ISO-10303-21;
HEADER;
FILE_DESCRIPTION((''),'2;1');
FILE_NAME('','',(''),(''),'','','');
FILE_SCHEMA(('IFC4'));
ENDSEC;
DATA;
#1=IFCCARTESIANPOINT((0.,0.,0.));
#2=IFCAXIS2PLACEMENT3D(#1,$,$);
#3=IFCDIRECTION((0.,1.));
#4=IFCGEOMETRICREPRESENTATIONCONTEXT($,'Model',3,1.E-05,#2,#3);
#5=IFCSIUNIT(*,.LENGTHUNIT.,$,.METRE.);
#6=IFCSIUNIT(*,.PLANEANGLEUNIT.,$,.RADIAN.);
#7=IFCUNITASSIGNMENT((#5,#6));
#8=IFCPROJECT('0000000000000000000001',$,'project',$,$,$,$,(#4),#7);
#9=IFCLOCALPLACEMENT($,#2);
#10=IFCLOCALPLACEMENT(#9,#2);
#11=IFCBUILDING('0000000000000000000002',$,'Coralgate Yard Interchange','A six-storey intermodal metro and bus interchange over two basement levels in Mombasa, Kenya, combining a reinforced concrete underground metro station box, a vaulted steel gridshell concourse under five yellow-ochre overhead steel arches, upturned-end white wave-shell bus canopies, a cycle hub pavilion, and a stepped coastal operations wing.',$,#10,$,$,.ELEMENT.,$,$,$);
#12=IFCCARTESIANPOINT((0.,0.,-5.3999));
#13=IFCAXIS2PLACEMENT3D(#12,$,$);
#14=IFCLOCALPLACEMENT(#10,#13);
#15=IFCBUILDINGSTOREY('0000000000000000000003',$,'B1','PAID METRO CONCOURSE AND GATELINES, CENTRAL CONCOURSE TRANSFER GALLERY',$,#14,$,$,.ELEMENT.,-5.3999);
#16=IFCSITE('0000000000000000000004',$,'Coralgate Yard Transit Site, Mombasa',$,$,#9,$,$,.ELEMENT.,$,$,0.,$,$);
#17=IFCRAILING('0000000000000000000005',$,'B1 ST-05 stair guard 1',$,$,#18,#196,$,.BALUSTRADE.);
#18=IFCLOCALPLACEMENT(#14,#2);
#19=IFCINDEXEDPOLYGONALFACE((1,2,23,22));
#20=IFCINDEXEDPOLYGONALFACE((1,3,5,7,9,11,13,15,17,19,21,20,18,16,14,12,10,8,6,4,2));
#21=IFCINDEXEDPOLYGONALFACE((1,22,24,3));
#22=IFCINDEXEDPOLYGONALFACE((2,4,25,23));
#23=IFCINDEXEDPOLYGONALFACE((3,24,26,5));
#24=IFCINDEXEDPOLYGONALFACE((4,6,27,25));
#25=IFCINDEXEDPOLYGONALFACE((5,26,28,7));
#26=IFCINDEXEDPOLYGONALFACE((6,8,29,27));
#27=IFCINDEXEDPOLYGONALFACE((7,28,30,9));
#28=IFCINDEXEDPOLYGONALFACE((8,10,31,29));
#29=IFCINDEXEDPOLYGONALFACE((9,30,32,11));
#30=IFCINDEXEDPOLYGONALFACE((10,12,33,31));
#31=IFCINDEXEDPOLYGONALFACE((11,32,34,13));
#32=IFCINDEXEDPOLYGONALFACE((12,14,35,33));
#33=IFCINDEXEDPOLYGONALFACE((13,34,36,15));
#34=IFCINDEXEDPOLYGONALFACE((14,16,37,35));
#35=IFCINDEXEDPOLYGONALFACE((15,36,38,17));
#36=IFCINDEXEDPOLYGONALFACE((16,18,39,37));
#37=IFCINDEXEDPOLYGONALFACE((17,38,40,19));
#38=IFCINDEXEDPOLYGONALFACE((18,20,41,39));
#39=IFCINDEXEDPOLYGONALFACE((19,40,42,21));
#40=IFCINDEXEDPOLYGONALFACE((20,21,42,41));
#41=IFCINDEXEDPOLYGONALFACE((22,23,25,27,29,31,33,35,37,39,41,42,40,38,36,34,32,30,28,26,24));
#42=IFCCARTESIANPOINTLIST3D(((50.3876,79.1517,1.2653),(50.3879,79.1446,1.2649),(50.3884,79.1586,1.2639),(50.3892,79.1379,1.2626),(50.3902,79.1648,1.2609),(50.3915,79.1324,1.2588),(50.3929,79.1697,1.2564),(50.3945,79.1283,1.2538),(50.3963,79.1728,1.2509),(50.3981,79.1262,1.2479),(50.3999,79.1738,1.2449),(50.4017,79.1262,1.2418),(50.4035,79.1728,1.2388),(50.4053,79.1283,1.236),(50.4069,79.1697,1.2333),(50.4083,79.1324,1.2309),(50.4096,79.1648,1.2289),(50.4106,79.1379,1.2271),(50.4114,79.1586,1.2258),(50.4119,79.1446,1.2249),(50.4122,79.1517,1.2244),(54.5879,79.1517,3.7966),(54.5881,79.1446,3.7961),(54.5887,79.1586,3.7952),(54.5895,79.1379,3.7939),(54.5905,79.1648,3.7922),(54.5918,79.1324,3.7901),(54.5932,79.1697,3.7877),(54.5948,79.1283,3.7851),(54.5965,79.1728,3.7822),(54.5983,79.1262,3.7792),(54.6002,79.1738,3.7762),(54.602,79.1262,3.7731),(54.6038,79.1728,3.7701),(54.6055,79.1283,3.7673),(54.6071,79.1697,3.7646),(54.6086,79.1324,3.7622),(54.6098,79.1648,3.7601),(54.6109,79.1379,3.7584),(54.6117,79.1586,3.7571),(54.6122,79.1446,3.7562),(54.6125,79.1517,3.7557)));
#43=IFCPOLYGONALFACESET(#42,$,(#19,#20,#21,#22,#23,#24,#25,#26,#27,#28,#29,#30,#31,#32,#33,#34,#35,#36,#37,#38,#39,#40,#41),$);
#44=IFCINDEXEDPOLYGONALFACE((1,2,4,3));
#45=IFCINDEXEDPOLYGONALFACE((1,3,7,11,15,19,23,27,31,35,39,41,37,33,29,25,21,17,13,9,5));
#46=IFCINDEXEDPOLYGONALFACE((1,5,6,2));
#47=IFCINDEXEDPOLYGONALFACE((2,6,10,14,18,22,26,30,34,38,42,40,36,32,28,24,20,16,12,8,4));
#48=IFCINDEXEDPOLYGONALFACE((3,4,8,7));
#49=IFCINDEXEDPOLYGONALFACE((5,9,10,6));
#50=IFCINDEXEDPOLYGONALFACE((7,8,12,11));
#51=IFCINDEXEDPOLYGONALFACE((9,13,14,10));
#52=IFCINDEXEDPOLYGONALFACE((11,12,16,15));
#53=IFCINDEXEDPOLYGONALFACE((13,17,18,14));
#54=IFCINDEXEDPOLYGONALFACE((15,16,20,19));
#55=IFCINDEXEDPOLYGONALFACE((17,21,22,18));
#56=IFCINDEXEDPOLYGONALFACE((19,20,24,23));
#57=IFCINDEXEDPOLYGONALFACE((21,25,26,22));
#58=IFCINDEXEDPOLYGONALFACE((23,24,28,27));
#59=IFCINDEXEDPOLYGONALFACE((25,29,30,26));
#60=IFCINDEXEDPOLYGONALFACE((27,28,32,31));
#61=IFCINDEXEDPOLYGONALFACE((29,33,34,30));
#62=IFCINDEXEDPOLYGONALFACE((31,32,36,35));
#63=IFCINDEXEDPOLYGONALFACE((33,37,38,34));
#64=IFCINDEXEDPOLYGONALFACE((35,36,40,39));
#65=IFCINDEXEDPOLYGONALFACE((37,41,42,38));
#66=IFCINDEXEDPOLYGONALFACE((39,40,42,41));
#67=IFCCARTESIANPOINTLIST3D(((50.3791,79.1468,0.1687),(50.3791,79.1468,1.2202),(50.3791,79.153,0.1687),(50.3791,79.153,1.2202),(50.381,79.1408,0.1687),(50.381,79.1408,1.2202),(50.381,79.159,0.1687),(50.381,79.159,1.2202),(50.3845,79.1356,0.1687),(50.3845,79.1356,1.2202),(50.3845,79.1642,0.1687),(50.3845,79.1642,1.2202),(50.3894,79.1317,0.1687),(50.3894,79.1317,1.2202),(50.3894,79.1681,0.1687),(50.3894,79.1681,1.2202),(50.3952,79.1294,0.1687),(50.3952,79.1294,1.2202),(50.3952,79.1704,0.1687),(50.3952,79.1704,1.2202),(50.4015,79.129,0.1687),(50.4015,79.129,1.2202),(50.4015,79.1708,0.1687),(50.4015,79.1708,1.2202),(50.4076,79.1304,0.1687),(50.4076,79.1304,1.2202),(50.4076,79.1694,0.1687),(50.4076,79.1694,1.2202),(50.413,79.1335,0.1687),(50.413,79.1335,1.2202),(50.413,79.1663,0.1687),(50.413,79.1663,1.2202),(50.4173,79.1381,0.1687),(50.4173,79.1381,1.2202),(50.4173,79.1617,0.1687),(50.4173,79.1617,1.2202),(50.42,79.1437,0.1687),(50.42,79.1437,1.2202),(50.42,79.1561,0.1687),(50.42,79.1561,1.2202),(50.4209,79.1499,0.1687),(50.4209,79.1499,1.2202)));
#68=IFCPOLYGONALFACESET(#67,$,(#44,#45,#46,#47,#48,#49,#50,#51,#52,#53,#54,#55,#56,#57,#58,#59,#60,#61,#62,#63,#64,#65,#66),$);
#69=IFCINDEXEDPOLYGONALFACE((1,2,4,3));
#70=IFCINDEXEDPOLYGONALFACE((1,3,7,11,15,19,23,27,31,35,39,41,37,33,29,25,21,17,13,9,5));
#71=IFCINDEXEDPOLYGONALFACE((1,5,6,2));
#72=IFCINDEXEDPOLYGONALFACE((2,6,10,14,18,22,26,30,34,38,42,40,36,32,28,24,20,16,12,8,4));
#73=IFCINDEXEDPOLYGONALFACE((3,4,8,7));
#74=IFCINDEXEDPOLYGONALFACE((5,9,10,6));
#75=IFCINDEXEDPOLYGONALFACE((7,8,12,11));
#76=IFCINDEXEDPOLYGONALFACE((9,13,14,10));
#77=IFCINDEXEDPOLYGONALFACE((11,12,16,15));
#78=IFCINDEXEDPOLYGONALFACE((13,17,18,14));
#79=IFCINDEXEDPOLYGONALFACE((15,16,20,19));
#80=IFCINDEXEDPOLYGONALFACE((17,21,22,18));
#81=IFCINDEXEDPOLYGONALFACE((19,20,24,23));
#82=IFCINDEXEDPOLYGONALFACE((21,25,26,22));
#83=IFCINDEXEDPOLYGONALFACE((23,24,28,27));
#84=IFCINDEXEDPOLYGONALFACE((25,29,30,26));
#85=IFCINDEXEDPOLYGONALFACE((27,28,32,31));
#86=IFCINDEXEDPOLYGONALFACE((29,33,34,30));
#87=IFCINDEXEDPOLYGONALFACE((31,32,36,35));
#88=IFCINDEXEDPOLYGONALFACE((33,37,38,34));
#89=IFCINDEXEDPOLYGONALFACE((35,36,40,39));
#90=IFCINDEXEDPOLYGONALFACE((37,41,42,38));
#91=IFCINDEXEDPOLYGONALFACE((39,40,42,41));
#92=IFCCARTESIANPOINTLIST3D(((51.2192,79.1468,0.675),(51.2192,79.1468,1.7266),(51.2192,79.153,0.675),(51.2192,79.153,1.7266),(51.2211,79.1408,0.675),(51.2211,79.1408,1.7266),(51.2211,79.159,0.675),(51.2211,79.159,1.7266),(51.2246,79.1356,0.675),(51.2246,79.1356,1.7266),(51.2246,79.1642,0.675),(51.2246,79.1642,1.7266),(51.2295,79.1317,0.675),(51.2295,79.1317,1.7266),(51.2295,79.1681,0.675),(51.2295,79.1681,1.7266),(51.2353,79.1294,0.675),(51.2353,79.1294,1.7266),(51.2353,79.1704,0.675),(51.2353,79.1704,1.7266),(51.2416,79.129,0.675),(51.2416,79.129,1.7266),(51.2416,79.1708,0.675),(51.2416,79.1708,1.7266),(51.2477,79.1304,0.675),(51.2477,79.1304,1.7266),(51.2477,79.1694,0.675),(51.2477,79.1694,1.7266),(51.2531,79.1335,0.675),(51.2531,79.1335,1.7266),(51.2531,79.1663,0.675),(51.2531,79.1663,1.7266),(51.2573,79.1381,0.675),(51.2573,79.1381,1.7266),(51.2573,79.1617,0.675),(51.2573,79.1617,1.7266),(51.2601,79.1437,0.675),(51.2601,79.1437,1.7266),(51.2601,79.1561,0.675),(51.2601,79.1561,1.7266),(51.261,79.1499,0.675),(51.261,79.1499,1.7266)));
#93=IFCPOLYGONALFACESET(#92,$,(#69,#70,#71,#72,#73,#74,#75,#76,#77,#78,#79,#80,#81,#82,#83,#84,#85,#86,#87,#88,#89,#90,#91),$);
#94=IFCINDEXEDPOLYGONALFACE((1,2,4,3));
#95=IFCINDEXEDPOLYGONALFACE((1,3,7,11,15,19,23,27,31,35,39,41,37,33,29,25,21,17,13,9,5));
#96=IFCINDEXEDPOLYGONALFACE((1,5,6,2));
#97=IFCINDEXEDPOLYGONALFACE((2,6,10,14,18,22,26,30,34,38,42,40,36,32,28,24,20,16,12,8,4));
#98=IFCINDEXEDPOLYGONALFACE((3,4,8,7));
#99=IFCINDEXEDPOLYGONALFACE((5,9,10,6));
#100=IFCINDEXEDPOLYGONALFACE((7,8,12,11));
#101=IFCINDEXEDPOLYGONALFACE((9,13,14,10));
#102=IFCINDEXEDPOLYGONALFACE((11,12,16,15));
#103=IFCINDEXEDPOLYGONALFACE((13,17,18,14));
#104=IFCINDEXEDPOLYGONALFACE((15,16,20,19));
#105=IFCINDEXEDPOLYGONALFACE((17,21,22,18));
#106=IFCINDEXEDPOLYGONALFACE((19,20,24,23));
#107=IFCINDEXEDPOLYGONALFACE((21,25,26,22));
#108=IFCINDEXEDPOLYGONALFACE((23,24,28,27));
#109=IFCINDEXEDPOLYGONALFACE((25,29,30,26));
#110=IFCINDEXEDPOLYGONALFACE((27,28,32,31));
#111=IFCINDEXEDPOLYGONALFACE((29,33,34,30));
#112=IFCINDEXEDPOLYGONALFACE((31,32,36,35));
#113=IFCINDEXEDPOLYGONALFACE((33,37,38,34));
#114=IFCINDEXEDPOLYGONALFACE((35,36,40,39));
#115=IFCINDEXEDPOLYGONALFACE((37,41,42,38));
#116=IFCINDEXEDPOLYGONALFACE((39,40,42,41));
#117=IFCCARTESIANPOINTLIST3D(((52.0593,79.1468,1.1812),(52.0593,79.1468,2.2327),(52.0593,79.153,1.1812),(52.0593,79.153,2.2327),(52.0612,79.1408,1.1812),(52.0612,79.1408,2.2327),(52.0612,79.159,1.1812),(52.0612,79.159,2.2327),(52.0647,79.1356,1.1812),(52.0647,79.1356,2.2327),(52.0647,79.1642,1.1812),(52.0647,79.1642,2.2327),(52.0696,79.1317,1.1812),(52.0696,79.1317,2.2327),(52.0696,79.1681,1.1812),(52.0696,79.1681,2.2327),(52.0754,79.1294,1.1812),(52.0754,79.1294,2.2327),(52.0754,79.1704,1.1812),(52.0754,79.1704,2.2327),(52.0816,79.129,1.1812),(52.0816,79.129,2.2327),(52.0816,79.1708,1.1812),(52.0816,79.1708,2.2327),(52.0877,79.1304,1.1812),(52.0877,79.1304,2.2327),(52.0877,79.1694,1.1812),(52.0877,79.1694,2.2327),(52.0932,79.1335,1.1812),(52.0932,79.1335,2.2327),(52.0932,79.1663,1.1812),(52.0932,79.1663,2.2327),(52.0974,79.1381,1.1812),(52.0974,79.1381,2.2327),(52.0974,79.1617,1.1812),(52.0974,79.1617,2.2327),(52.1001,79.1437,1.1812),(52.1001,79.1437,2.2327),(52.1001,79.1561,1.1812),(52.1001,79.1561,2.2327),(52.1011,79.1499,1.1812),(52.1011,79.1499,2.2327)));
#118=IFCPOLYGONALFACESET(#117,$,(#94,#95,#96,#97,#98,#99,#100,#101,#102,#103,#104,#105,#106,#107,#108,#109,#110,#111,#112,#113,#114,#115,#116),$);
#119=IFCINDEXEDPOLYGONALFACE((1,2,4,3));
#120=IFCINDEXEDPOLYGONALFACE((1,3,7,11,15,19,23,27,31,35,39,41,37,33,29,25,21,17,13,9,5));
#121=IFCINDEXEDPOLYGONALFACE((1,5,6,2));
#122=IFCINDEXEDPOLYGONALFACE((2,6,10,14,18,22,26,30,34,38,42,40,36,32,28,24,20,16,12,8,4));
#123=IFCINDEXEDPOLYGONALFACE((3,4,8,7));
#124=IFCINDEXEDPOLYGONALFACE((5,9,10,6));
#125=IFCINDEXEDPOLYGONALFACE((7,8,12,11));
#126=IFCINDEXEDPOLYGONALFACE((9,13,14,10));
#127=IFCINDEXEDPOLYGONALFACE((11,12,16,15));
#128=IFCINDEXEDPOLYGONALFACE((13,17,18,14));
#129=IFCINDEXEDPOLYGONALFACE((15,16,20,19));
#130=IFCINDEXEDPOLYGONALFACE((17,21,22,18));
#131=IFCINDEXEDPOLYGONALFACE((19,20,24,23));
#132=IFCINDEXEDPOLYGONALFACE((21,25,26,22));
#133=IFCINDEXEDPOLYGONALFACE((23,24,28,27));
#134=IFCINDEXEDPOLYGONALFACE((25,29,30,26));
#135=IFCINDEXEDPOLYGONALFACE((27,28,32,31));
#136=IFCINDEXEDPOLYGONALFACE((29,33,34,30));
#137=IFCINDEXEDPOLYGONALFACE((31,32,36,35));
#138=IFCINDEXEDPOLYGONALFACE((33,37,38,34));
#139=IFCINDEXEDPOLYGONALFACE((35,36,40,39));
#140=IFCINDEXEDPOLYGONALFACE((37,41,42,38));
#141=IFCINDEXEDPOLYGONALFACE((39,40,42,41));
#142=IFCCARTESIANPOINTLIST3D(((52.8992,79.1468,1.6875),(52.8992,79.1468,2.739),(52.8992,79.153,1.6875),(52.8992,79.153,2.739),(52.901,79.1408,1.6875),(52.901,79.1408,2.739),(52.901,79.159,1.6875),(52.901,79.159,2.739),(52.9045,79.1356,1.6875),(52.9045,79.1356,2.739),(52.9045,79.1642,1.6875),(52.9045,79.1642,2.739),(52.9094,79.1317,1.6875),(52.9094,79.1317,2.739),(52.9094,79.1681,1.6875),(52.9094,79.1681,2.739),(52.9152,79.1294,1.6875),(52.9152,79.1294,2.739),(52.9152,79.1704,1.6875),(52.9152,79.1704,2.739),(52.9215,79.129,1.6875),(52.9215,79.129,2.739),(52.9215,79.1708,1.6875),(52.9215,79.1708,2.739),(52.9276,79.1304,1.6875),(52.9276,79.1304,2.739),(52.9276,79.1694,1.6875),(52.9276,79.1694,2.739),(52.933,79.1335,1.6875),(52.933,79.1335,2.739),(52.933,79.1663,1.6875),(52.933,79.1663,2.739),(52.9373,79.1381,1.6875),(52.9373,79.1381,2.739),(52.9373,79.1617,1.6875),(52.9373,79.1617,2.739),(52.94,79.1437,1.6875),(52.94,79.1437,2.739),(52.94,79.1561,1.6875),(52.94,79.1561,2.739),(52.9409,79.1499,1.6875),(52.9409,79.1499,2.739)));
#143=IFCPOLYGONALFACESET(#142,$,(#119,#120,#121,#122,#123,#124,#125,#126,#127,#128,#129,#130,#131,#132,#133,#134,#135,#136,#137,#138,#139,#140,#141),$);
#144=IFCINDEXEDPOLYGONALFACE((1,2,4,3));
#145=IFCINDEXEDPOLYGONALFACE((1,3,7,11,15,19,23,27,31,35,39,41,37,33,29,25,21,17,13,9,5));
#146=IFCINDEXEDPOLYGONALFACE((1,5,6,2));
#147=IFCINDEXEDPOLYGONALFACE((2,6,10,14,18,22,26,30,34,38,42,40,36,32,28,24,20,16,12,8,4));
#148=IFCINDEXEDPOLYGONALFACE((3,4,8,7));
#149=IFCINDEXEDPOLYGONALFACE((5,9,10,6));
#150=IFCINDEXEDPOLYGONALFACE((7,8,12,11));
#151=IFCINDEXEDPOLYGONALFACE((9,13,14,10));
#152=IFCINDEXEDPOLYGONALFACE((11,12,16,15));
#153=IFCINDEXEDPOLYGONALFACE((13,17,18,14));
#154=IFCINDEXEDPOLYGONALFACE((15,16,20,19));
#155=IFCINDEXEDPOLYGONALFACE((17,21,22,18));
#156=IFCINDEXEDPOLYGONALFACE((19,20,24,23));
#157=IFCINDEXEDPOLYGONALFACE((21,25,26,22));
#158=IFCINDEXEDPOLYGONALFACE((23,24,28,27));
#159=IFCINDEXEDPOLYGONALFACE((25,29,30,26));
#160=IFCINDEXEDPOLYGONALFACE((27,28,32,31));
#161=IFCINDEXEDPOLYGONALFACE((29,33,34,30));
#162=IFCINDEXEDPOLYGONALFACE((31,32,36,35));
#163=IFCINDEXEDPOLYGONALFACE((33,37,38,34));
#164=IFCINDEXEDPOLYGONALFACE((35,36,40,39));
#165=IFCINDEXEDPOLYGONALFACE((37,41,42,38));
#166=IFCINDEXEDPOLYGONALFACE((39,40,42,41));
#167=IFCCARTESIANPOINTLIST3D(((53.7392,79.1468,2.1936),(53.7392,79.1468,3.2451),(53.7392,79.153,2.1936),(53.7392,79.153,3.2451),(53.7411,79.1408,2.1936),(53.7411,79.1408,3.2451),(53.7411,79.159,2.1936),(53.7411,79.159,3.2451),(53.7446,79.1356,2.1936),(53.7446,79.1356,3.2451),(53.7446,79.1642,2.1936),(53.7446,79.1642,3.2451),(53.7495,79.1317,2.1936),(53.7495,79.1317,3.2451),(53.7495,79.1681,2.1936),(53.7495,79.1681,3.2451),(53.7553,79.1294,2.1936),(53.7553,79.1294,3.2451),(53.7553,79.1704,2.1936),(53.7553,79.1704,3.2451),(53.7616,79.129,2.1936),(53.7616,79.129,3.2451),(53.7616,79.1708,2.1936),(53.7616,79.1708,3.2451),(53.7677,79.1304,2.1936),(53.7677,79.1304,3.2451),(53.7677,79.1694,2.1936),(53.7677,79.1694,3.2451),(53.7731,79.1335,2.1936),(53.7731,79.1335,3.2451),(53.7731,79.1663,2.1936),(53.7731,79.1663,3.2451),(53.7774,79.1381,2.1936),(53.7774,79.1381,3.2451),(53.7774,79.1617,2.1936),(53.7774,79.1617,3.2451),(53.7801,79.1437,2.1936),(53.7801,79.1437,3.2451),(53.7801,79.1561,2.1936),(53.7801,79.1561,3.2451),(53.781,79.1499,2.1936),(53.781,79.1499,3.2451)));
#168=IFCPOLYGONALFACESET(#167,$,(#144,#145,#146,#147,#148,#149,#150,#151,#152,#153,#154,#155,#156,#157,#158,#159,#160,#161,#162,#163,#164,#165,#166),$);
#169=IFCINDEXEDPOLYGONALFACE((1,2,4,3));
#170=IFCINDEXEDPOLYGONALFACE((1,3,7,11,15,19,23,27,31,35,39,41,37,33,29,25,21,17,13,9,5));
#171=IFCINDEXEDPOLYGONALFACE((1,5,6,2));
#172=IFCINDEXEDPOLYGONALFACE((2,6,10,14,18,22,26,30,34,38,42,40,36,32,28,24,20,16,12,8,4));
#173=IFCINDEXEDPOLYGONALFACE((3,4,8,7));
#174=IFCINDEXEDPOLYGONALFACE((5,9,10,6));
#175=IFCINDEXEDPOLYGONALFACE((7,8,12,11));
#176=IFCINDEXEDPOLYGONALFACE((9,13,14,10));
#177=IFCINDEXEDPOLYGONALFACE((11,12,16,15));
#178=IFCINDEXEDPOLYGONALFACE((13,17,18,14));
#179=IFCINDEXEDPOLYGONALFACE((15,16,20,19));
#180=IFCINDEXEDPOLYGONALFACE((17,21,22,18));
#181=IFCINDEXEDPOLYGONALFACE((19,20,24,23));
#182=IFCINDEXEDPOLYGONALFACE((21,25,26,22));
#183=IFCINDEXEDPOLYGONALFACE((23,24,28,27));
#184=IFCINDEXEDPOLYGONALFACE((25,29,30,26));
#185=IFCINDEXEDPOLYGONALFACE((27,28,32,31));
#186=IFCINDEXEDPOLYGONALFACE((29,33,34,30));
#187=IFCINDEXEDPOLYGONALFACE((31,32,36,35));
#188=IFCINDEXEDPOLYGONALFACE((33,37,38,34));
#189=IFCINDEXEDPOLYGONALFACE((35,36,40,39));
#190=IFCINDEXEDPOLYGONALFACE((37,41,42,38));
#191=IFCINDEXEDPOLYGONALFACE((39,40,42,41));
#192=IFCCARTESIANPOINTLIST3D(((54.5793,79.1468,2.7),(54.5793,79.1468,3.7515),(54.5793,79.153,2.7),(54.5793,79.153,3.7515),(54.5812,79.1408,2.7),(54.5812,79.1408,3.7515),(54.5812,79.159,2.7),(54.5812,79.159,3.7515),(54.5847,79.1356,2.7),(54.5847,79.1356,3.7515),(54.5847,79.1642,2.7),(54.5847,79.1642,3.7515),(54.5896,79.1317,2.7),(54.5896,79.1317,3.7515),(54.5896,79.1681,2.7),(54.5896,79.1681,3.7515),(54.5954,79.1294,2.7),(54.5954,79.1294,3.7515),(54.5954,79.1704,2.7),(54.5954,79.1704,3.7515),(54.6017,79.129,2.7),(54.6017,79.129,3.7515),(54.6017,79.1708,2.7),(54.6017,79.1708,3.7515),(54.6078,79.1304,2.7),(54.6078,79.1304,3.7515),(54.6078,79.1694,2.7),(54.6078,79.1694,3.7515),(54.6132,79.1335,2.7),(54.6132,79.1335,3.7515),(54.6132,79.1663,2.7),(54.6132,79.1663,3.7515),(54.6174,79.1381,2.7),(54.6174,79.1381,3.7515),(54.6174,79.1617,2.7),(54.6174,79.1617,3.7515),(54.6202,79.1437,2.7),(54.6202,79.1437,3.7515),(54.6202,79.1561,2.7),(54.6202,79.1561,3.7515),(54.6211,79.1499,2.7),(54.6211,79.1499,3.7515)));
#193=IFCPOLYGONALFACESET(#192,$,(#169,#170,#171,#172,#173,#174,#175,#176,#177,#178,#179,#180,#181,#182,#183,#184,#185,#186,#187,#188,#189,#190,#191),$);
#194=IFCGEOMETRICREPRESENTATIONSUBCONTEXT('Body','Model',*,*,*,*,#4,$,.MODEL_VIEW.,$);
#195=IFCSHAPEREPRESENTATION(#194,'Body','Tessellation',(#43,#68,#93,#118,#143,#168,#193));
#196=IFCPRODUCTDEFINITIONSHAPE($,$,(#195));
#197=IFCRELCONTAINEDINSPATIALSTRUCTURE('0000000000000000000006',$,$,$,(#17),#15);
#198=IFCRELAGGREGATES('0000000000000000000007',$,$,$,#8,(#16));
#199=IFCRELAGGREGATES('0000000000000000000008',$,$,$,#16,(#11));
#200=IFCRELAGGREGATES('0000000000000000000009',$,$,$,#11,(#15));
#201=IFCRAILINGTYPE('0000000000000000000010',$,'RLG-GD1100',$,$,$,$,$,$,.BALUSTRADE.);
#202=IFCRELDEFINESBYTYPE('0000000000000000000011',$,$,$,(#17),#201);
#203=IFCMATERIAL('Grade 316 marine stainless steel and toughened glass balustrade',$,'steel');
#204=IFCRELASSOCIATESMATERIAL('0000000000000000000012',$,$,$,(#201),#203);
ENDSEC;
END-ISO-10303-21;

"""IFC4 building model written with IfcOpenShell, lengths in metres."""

from ifc_helpers import new_model, si_unit, direction, frame, origin, origin_2d, place, context, subcontext, project, spatial, circle, extrude, material, type_object, element, save


model = new_model("IFC4")

# Units and contexts
model_context = context("Model", 3, precision=1e-05, world=origin(), true_north=direction((0.0, 1.0)))
body_context = subcontext(model_context, "Body", "Model", "MODEL_VIEW")
ifc_project = project(units=[si_unit("LENGTHUNIT", "METRE"), si_unit("PLANEANGLEUNIT", "RADIAN")], contexts=[model_context])

# Site, building, storey
site_placement = place(None, origin())
site = spatial("IfcSite", under=ifc_project, at=site_placement, Name="Coralgate Yard Transit Site, Mombasa", CompositionType="ELEMENT", RefElevation=0.0)
building_placement = place(site_placement, origin())
building = spatial("IfcBuilding", under=site, at=building_placement, Name="Coralgate Yard Interchange", Description="A six-storey intermodal metro and bus interchange over two basement levels in Mombasa, Kenya, combining a reinforced concrete underground metro station box, a vaulted steel gridshell concourse under five yellow-ochre overhead steel arches, upturned-end white wave-shell bus canopies, a cycle hub pavilion, and a stepped coastal operations wing.", CompositionType="ELEMENT")
storey_placement = place(building_placement, frame((0.0, 0.0, -5.3999)))
storey = spatial("IfcBuildingStorey", under=building, at=storey_placement, Name="B1", Description="PAID METRO CONCOURSE AND GATELINES, CENTRAL CONCOURSE TRANSFER GALLERY", CompositionType="ELEMENT", Elevation=-5.3999)

# Railing
ifc_material_1 = material(Name="Grade 316 marine stainless steel and toughened glass balustrade", Category="steel")
railing_type_1 = type_object("IfcRailingType", Name="RLG-GD1100", PredefinedType="BALUSTRADE", material=ifc_material_1)
railing_1_placement = place(storey_placement, frame((50.3999, 79.1499, 0.1687)))
element("IfcRailing", 1, at=railing_1_placement, inside=storey, type_object=railing_type_1, Name="B1 ST-05 stair guard 1", PredefinedType="BALUSTRADE", context=body_context, shape_type="SweptSolid", body=[
    extrude(circle(Radius=0.0239, at=origin_2d()), frame((0.0, 0.0, 1.0762), z_axis=(0.85649, 0.0, 0.516164), x_axis=(0.0, 1.0, 0.0)), (0.0, 0.0, 1.0), 4.9041),
    extrude(circle(Radius=0.021, at=origin_2d()), origin(), (0.0, 0.0, 1.0), 1.0515),
    extrude(circle(Radius=0.021, at=origin_2d()), frame((0.8401, 0.0, 0.5063)), (0.0, 0.0, 1.0), 1.0515),
    extrude(circle(Radius=0.021, at=origin_2d()), frame((1.6802, 0.0, 1.0125)), (0.0, 0.0, 1.0), 1.0515),
    extrude(circle(Radius=0.021, at=origin_2d()), frame((2.52, 0.0, 1.5188)), (0.0, 0.0, 1.0), 1.0515),
    extrude(circle(Radius=0.021, at=origin_2d()), frame((3.3601, 0.0, 2.0249)), (0.0, 0.0, 1.0), 1.0515),
    extrude(circle(Radius=0.021, at=origin_2d()), frame((4.2002, 0.0, 2.5312)), (0.0, 0.0, 1.0), 1.0515),
])

save(model, "model.ifc")
